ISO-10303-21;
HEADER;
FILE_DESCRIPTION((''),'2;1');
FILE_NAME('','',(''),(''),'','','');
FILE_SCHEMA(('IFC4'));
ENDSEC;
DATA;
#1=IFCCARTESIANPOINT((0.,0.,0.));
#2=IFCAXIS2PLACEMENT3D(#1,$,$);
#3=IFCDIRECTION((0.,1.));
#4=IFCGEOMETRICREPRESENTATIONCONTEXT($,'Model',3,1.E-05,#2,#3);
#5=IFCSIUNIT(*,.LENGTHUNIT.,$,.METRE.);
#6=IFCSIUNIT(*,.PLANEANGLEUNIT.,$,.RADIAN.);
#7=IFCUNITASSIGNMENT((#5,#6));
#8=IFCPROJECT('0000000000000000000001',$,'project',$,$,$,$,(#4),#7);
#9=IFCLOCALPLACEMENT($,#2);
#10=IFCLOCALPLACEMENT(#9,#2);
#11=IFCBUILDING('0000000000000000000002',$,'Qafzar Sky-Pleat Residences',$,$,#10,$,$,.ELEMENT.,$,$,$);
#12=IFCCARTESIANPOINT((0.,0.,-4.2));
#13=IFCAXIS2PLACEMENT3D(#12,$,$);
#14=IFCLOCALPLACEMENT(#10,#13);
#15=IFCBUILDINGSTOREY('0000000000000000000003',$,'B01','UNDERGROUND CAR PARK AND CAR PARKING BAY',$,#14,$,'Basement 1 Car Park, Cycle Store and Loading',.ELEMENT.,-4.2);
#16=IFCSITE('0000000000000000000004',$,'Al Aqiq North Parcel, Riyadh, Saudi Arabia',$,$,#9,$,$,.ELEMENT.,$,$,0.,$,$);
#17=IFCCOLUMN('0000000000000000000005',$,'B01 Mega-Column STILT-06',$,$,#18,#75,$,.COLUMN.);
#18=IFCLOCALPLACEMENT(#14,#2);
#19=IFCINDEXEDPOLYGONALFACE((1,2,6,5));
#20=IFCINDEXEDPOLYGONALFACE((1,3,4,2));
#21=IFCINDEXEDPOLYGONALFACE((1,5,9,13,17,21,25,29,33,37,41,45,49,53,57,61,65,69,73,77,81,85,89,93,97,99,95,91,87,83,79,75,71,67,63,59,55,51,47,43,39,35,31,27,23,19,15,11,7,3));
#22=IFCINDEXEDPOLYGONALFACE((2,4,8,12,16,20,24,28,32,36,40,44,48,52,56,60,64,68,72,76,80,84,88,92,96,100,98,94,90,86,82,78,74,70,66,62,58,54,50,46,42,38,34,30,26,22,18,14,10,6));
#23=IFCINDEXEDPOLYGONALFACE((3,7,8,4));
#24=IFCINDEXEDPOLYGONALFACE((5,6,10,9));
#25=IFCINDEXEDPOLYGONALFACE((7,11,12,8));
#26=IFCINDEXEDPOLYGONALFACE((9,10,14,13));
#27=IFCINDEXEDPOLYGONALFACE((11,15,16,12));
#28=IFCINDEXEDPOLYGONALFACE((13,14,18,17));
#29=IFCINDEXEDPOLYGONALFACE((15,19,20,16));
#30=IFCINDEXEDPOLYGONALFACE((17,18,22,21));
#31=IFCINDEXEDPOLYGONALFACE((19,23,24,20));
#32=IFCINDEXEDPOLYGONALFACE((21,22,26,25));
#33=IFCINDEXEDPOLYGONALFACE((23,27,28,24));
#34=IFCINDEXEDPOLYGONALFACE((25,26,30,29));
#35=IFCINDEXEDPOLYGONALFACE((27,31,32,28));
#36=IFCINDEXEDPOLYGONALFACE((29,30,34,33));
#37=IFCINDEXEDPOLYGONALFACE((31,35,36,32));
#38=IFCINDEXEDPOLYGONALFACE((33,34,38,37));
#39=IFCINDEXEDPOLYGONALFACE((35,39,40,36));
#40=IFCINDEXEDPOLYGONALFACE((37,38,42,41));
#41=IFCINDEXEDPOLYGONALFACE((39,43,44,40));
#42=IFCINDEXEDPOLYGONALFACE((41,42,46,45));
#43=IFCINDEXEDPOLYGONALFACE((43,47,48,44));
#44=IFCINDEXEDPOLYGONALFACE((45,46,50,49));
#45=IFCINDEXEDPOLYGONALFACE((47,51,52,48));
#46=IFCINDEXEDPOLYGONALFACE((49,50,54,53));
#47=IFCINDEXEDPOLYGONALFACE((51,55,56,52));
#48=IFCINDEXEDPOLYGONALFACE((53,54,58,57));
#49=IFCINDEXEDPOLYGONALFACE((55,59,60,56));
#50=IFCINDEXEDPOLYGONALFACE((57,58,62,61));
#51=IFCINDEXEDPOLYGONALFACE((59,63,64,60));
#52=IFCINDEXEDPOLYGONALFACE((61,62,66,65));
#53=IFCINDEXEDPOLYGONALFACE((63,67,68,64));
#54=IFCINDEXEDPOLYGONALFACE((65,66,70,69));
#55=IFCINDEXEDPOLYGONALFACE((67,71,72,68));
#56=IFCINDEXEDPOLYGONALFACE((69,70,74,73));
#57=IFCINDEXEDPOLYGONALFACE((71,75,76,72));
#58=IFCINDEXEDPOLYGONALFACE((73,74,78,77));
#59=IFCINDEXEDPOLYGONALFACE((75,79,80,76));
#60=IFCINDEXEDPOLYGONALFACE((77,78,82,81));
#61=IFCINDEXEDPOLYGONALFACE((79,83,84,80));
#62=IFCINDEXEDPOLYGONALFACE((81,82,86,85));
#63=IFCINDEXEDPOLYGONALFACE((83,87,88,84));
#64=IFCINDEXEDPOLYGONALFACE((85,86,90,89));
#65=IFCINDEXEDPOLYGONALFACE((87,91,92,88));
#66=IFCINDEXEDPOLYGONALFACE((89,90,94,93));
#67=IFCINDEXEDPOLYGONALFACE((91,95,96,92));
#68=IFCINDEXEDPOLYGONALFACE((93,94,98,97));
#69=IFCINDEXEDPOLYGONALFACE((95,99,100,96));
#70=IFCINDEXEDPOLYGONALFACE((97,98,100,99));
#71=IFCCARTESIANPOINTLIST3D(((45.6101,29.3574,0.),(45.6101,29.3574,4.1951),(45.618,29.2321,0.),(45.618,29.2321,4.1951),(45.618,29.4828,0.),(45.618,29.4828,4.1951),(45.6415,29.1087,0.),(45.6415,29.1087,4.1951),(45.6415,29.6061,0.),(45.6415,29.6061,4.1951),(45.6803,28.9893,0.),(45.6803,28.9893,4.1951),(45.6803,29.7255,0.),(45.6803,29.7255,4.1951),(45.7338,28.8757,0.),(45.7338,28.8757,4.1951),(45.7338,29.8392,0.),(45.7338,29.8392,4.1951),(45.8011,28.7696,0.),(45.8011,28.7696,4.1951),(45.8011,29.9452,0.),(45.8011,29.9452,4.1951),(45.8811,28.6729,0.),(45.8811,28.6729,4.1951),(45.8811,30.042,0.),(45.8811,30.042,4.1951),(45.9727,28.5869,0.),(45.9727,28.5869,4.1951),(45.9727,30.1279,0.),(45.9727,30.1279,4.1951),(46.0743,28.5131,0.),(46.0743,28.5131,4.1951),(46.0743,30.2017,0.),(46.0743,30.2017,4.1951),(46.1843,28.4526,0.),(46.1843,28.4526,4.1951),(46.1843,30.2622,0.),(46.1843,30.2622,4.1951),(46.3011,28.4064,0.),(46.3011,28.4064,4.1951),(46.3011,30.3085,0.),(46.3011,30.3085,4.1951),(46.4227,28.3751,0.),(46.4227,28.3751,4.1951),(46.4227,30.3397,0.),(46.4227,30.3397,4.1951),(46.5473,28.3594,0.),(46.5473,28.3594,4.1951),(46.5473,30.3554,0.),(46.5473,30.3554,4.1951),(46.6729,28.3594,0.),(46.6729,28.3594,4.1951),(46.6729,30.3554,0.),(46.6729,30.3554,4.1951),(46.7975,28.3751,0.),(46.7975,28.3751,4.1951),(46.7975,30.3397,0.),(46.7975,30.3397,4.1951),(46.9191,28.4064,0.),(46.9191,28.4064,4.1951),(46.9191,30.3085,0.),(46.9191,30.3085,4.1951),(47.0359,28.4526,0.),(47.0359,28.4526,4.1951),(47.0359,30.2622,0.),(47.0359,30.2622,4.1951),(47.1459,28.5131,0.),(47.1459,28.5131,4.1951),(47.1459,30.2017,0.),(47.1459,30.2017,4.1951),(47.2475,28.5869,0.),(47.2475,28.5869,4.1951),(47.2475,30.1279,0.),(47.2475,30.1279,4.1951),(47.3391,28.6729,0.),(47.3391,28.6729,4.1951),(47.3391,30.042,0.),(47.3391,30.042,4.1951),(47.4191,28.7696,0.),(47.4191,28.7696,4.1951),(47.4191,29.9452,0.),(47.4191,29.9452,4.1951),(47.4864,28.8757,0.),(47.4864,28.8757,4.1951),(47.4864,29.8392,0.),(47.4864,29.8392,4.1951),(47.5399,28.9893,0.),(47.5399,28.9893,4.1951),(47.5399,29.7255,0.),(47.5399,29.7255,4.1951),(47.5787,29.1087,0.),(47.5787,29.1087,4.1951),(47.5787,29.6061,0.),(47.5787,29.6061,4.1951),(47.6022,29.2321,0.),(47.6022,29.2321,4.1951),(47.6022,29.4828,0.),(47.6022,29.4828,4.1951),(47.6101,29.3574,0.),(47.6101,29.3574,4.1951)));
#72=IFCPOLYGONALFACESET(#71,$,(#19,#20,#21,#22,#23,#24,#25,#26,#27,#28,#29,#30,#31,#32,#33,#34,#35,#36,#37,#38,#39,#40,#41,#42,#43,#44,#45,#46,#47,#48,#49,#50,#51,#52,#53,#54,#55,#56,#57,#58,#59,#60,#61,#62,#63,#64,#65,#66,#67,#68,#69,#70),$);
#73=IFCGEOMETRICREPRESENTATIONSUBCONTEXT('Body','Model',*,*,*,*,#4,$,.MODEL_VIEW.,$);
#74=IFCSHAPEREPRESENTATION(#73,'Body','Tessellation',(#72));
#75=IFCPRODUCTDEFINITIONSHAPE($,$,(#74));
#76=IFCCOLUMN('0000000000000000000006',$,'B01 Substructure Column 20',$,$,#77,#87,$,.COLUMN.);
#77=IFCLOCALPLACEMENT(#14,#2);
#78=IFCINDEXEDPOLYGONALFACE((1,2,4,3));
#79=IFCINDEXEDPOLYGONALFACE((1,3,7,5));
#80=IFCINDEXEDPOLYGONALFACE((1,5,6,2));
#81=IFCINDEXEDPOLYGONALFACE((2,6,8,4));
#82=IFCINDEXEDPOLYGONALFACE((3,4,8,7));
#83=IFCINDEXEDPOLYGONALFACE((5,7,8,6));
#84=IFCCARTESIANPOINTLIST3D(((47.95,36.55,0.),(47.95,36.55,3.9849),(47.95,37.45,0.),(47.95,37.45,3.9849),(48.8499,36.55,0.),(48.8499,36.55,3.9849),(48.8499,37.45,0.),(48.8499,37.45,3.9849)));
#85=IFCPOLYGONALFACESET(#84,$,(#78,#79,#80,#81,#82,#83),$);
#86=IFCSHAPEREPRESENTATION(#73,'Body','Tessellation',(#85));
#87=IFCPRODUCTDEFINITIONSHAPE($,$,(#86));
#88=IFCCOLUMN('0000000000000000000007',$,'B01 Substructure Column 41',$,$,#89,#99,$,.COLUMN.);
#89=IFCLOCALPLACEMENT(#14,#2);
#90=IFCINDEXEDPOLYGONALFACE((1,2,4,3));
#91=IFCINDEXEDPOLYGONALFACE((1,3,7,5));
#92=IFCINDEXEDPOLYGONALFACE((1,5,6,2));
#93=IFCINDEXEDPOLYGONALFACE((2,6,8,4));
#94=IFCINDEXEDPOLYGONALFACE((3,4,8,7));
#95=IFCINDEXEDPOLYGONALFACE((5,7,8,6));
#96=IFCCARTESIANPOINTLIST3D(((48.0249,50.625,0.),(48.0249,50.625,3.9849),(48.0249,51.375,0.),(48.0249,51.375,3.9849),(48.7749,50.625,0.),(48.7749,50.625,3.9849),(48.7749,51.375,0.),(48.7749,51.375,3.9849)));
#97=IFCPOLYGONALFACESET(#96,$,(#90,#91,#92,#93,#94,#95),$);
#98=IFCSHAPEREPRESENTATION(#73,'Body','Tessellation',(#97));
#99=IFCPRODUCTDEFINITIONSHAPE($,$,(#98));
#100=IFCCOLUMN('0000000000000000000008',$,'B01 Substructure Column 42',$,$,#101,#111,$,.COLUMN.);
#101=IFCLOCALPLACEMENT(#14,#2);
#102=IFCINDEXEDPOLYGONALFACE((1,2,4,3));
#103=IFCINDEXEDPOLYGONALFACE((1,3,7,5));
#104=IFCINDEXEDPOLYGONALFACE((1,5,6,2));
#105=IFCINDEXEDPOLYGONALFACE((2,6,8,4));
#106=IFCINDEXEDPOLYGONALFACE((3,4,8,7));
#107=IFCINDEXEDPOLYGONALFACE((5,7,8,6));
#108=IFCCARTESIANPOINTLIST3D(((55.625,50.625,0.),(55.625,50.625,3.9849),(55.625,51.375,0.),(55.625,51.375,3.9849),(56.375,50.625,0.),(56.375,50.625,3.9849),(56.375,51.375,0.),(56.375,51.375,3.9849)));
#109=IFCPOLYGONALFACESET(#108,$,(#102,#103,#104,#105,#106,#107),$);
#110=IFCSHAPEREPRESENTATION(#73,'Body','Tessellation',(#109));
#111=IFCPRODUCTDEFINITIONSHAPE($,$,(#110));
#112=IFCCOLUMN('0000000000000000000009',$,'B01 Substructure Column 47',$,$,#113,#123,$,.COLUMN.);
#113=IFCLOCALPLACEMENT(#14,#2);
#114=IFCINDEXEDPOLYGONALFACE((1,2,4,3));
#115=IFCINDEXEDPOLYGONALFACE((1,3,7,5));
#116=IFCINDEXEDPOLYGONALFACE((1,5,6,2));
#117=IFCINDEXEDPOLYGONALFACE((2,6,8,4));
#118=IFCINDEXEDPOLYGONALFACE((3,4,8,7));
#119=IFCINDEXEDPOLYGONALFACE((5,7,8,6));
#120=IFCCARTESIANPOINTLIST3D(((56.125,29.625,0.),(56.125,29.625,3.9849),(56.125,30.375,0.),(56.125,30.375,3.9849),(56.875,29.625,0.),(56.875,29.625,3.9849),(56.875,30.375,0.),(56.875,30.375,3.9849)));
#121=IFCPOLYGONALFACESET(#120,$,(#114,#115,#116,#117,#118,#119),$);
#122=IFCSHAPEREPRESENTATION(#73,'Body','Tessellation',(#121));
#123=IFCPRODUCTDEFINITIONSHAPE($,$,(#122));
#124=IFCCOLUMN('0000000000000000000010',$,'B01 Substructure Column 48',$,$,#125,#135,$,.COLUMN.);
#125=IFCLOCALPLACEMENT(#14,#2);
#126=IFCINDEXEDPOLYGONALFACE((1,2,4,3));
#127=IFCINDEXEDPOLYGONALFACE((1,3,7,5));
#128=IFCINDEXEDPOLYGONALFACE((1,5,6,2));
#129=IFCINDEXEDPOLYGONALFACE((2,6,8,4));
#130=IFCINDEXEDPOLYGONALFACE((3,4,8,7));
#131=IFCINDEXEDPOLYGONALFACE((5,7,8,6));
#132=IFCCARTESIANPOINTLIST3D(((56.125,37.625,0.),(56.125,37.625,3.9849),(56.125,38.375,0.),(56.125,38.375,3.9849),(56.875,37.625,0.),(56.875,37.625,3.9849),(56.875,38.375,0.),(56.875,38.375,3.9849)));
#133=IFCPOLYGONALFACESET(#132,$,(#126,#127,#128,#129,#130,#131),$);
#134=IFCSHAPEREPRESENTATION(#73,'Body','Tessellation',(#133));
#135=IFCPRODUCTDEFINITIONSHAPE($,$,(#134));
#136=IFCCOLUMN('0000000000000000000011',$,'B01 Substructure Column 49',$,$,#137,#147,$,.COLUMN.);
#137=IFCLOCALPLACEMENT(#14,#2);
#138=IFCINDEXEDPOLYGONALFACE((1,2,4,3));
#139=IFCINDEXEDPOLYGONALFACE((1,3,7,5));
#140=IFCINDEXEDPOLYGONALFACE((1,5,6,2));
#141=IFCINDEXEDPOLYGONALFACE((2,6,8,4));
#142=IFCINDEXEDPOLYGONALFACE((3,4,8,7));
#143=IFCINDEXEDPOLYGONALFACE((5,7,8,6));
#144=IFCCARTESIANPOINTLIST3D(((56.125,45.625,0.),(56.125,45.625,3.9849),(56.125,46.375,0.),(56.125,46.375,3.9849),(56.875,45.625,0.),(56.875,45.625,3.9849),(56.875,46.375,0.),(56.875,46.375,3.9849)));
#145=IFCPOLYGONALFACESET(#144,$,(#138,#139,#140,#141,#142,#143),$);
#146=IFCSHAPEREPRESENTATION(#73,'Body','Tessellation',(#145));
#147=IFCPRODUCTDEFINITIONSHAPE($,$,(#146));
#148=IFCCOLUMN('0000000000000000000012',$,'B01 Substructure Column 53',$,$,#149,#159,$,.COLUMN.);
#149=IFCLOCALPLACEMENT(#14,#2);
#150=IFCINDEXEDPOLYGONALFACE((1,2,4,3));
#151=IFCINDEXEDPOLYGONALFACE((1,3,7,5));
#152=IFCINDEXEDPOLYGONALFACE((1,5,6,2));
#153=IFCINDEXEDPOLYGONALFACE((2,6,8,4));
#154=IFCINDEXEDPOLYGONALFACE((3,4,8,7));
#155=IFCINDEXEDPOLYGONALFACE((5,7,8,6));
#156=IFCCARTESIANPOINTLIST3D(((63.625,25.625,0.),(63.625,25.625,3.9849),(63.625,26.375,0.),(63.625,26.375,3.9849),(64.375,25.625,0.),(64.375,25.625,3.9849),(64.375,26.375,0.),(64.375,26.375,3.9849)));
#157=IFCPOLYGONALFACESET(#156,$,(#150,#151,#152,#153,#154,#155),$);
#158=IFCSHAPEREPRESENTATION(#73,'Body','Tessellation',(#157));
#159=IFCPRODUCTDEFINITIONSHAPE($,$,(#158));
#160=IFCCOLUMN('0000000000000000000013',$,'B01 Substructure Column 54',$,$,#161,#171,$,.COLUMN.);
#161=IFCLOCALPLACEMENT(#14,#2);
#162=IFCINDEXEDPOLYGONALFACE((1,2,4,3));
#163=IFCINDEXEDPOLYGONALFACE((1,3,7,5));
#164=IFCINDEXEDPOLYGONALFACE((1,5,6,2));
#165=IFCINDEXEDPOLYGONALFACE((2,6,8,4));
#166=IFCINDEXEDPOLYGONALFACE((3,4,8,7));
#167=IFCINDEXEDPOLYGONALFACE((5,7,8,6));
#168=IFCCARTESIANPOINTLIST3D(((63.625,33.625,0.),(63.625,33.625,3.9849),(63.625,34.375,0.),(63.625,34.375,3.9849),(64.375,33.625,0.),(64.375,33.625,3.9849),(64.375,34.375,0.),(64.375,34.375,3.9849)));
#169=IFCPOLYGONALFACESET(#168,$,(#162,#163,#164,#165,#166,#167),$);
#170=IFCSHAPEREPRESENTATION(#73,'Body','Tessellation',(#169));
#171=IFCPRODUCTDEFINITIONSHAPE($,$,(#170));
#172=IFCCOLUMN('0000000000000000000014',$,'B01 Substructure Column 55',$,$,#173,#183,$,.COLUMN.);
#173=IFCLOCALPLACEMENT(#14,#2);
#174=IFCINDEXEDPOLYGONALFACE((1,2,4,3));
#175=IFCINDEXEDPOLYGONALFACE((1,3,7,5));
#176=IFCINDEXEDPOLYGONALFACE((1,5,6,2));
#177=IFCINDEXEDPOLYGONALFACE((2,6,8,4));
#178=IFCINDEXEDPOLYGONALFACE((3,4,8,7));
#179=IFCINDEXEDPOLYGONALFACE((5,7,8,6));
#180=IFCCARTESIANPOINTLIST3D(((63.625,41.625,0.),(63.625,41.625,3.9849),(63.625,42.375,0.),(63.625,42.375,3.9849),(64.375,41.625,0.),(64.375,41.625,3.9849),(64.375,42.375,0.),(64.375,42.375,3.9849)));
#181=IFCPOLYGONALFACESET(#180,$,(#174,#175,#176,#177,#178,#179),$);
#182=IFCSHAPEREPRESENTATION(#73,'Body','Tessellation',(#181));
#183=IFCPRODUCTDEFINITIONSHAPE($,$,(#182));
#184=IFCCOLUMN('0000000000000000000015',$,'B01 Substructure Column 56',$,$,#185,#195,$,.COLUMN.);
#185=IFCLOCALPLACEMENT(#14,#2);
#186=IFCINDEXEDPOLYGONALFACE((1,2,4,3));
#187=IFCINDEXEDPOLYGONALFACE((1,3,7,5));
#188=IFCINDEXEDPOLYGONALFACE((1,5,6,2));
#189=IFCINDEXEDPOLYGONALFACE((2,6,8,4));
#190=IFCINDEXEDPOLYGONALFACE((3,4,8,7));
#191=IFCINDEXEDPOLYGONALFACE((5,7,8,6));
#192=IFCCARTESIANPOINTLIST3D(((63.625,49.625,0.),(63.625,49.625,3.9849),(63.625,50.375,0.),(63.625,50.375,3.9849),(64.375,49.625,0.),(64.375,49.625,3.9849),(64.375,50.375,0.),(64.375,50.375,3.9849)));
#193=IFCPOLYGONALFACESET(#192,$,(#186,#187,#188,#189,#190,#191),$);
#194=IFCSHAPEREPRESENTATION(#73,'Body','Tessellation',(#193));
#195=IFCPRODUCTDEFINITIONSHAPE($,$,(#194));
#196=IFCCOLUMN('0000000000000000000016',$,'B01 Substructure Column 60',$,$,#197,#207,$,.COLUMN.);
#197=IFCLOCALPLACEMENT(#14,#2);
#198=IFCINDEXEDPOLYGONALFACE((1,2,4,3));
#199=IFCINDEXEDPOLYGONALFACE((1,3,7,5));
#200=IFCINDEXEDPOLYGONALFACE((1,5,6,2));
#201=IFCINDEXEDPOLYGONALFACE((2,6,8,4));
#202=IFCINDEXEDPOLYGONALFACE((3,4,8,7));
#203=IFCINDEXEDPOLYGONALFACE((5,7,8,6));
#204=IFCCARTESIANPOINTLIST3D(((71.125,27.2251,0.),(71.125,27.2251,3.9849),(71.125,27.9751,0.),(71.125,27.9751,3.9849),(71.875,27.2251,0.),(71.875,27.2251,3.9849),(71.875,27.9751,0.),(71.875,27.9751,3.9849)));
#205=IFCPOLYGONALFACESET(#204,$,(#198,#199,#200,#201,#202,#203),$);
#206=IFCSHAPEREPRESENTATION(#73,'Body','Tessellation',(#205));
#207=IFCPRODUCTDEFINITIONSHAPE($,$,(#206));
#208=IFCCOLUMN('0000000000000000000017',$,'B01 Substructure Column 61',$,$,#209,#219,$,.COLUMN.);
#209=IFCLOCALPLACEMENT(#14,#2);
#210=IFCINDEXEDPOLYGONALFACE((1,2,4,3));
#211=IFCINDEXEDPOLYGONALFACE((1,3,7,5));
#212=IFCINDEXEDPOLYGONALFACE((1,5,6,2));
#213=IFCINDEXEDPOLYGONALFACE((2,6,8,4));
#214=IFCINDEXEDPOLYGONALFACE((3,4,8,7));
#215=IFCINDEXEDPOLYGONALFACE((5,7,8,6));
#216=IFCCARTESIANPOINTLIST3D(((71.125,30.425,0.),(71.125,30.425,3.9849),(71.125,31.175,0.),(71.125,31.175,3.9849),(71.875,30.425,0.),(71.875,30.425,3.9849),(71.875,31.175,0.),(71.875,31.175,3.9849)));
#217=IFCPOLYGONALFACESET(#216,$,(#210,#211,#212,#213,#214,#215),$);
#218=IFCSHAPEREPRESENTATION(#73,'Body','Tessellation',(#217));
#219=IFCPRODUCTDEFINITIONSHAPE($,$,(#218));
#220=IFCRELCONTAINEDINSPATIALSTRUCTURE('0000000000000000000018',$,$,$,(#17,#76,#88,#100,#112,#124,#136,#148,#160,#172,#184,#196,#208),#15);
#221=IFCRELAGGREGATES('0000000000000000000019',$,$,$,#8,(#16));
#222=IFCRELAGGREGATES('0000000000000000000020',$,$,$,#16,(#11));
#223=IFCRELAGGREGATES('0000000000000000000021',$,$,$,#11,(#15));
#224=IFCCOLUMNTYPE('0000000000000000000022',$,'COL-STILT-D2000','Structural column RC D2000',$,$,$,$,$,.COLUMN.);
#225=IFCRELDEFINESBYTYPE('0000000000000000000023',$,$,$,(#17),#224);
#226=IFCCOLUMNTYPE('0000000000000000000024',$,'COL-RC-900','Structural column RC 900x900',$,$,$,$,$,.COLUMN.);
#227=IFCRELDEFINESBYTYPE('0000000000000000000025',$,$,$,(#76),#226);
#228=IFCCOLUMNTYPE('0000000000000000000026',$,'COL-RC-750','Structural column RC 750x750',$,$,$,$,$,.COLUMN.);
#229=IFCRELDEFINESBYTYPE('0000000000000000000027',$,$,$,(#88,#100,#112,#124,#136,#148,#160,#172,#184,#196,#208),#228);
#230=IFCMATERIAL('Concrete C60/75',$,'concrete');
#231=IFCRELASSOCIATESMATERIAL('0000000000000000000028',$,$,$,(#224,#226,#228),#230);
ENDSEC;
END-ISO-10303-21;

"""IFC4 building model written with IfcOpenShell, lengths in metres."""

from ifc_helpers import new_model, si_unit, direction, frame, origin, origin_2d, place, context, subcontext, project, spatial, rectangle, circle, extrude, source, transform, mapped, material, material_profile, profile_set, type_object, element, save


model = new_model("IFC4")

# Units and contexts
model_context = context("Model", 3, precision=1e-05, world=origin(), true_north=direction((0.0, 1.0)))
body_context = subcontext(model_context, "Body", "Model", "MODEL_VIEW")
ifc_project = project(units=[si_unit("LENGTHUNIT", "METRE"), si_unit("PLANEANGLEUNIT", "RADIAN")], contexts=[model_context])

# Site, building, storey
site_placement = place(None, origin())
site = spatial("IfcSite", under=ifc_project, at=site_placement, Name="Al Aqiq North Parcel, Riyadh, Saudi Arabia", CompositionType="ELEMENT", RefElevation=0.0)
building_placement = place(site_placement, origin())
building = spatial("IfcBuilding", under=site, at=building_placement, Name="Qafzar Sky-Pleat Residences", CompositionType="ELEMENT")
storey_placement = place(building_placement, frame((0.0, 0.0, -4.2)))
storey = spatial("IfcBuildingStorey", under=building, at=storey_placement, Name="B01", Description="UNDERGROUND CAR PARK AND CAR PARKING BAY", LongName="Basement 1 Car Park, Cycle Store and Loading", CompositionType="ELEMENT", Elevation=-4.2)

# Columns
ifc_material_1 = material(Name="Concrete C60/75", Category="concrete")
ifc_material_profile_1 = material_profile(ifc_material_1, circle(Radius=1.0, at=origin_2d()), Name="RC D2000")
ifc_profile_set_1 = profile_set([ifc_material_profile_1], Name="Concrete C60/75")
column_type_1 = type_object("IfcColumnType", Name="COL-STILT-D2000", Description="Structural column RC D2000", PredefinedType="COLUMN", material=ifc_profile_set_1)
shared_shape_1 = source(origin(), body_context, "Body", "SweptSolid", [
    extrude(circle(Radius=1.0, at=origin_2d()), origin(), (0.0, 0.0, 1.0), 4.1951),
])
column_1_placement = place(storey_placement, frame((46.6101, 29.3574, 0.0), z_axis=(0.0, 0.0, 1.0), x_axis=(1.0, 0.0, 0.0)))
element("IfcColumn", 1, at=column_1_placement, inside=storey, type_object=column_type_1, Name="B01 Mega-Column STILT-06", PredefinedType="COLUMN", context=body_context, shape_type="MappedRepresentation", body=[
    mapped(shared_shape_1, transform((0.0, 0.0, 0.0), x_axis=(1.0, 0.0, 0.0), y_axis=(0.0, 1.0, 0.0), z_axis=(0.0, 0.0, 1.0), scale=1.0)),
])
ifc_material_profile_2 = material_profile(ifc_material_1, rectangle(XDim=0.8999, YDim=0.8999, at=origin_2d()), Name="RC 900x900")
ifc_profile_set_2 = profile_set([ifc_material_profile_2], Name="Concrete C60/75")
column_type_2 = type_object("IfcColumnType", Name="COL-RC-900", Description="Structural column RC 900x900", PredefinedType="COLUMN", material=ifc_profile_set_2)
shared_shape_2 = source(origin(), body_context, "Body", "SweptSolid", [
    extrude(rectangle(XDim=0.8999, YDim=0.8999, at=origin_2d()), origin(), (0.0, 0.0, 1.0), 3.9849),
])
column_2_placement = place(storey_placement, frame((48.3999, 37.0, 0.0), z_axis=(0.0, 0.0, 1.0), x_axis=(1.0, 0.0, 0.0)))
element("IfcColumn", 2, at=column_2_placement, inside=storey, type_object=column_type_2, Name="B01 Substructure Column 20", PredefinedType="COLUMN", context=body_context, shape_type="MappedRepresentation", body=[
    mapped(shared_shape_2, transform((0.0, 0.0, 0.0), x_axis=(1.0, 0.0, 0.0), y_axis=(0.0, 1.0, 0.0), z_axis=(0.0, 0.0, 1.0), scale=1.0)),
])
ifc_material_profile_3 = material_profile(ifc_material_1, rectangle(XDim=0.75, YDim=0.75, at=origin_2d()), Name="RC 750x750")
ifc_profile_set_3 = profile_set([ifc_material_profile_3], Name="Concrete C60/75")
column_type_3 = type_object("IfcColumnType", Name="COL-RC-750", Description="Structural column RC 750x750", PredefinedType="COLUMN", material=ifc_profile_set_3)
shared_shape_3 = source(origin(), body_context, "Body", "SweptSolid", [
    extrude(rectangle(XDim=0.75, YDim=0.75, at=origin_2d()), origin(), (0.0, 0.0, 1.0), 3.9849),
])
for number, where, z_axis, x_axis, name in (
    (3, (48.3999, 51.0, 0.0), (0.0, 0.0, 1.0), (1.0, 0.0, 0.0), "B01 Substructure Column 41"),
    (4, (56.0, 51.0, 0.0), (0.0, 0.0, 1.0), (1.0, 0.0, 0.0), "B01 Substructure Column 42"),
    (5, (56.5, 30.0, 0.0), (0.0, 0.0, 1.0), (1.0, 0.0, 0.0), "B01 Substructure Column 47"),
    (6, (56.5, 38.0, 0.0), (0.0, 0.0, 1.0), (1.0, 0.0, 0.0), "B01 Substructure Column 48"),
    (7, (56.5, 46.0, 0.0), (0.0, 0.0, 1.0), (1.0, 0.0, 0.0), "B01 Substructure Column 49"),
    (8, (64.0, 26.0, 0.0), (0.0, 0.0, 1.0), (1.0, 0.0, 0.0), "B01 Substructure Column 53"),
    (9, (64.0, 34.0, 0.0), (0.0, 0.0, 1.0), (1.0, 0.0, 0.0), "B01 Substructure Column 54"),
    (10, (64.0, 42.0, 0.0), (0.0, 0.0, 1.0), (1.0, 0.0, 0.0), "B01 Substructure Column 55"),
    (11, (64.0, 50.0, 0.0), (0.0, 0.0, 1.0), (1.0, 0.0, 0.0), "B01 Substructure Column 56"),
    (12, (71.5, 27.6001, 0.0), (0.0, 0.0, 1.0), (1.0, 0.0, 0.0), "B01 Substructure Column 60"),
    (13, (71.5, 30.8, 0.0), (0.0, 0.0, 1.0), (1.0, 0.0, 0.0), "B01 Substructure Column 61"),
):
    element("IfcColumn", number, at=place(storey_placement, frame(where, z_axis=z_axis, x_axis=x_axis)), inside=storey, type_object=column_type_3, Name=name, PredefinedType="COLUMN", context=body_context, shape_type="MappedRepresentation", body=[
        mapped(shared_shape_3, transform((0.0, 0.0, 0.0), x_axis=(1.0, 0.0, 0.0), y_axis=(0.0, 1.0, 0.0), z_axis=(0.0, 0.0, 1.0), scale=1.0)),
    ])

save(model, "model.ifc")
